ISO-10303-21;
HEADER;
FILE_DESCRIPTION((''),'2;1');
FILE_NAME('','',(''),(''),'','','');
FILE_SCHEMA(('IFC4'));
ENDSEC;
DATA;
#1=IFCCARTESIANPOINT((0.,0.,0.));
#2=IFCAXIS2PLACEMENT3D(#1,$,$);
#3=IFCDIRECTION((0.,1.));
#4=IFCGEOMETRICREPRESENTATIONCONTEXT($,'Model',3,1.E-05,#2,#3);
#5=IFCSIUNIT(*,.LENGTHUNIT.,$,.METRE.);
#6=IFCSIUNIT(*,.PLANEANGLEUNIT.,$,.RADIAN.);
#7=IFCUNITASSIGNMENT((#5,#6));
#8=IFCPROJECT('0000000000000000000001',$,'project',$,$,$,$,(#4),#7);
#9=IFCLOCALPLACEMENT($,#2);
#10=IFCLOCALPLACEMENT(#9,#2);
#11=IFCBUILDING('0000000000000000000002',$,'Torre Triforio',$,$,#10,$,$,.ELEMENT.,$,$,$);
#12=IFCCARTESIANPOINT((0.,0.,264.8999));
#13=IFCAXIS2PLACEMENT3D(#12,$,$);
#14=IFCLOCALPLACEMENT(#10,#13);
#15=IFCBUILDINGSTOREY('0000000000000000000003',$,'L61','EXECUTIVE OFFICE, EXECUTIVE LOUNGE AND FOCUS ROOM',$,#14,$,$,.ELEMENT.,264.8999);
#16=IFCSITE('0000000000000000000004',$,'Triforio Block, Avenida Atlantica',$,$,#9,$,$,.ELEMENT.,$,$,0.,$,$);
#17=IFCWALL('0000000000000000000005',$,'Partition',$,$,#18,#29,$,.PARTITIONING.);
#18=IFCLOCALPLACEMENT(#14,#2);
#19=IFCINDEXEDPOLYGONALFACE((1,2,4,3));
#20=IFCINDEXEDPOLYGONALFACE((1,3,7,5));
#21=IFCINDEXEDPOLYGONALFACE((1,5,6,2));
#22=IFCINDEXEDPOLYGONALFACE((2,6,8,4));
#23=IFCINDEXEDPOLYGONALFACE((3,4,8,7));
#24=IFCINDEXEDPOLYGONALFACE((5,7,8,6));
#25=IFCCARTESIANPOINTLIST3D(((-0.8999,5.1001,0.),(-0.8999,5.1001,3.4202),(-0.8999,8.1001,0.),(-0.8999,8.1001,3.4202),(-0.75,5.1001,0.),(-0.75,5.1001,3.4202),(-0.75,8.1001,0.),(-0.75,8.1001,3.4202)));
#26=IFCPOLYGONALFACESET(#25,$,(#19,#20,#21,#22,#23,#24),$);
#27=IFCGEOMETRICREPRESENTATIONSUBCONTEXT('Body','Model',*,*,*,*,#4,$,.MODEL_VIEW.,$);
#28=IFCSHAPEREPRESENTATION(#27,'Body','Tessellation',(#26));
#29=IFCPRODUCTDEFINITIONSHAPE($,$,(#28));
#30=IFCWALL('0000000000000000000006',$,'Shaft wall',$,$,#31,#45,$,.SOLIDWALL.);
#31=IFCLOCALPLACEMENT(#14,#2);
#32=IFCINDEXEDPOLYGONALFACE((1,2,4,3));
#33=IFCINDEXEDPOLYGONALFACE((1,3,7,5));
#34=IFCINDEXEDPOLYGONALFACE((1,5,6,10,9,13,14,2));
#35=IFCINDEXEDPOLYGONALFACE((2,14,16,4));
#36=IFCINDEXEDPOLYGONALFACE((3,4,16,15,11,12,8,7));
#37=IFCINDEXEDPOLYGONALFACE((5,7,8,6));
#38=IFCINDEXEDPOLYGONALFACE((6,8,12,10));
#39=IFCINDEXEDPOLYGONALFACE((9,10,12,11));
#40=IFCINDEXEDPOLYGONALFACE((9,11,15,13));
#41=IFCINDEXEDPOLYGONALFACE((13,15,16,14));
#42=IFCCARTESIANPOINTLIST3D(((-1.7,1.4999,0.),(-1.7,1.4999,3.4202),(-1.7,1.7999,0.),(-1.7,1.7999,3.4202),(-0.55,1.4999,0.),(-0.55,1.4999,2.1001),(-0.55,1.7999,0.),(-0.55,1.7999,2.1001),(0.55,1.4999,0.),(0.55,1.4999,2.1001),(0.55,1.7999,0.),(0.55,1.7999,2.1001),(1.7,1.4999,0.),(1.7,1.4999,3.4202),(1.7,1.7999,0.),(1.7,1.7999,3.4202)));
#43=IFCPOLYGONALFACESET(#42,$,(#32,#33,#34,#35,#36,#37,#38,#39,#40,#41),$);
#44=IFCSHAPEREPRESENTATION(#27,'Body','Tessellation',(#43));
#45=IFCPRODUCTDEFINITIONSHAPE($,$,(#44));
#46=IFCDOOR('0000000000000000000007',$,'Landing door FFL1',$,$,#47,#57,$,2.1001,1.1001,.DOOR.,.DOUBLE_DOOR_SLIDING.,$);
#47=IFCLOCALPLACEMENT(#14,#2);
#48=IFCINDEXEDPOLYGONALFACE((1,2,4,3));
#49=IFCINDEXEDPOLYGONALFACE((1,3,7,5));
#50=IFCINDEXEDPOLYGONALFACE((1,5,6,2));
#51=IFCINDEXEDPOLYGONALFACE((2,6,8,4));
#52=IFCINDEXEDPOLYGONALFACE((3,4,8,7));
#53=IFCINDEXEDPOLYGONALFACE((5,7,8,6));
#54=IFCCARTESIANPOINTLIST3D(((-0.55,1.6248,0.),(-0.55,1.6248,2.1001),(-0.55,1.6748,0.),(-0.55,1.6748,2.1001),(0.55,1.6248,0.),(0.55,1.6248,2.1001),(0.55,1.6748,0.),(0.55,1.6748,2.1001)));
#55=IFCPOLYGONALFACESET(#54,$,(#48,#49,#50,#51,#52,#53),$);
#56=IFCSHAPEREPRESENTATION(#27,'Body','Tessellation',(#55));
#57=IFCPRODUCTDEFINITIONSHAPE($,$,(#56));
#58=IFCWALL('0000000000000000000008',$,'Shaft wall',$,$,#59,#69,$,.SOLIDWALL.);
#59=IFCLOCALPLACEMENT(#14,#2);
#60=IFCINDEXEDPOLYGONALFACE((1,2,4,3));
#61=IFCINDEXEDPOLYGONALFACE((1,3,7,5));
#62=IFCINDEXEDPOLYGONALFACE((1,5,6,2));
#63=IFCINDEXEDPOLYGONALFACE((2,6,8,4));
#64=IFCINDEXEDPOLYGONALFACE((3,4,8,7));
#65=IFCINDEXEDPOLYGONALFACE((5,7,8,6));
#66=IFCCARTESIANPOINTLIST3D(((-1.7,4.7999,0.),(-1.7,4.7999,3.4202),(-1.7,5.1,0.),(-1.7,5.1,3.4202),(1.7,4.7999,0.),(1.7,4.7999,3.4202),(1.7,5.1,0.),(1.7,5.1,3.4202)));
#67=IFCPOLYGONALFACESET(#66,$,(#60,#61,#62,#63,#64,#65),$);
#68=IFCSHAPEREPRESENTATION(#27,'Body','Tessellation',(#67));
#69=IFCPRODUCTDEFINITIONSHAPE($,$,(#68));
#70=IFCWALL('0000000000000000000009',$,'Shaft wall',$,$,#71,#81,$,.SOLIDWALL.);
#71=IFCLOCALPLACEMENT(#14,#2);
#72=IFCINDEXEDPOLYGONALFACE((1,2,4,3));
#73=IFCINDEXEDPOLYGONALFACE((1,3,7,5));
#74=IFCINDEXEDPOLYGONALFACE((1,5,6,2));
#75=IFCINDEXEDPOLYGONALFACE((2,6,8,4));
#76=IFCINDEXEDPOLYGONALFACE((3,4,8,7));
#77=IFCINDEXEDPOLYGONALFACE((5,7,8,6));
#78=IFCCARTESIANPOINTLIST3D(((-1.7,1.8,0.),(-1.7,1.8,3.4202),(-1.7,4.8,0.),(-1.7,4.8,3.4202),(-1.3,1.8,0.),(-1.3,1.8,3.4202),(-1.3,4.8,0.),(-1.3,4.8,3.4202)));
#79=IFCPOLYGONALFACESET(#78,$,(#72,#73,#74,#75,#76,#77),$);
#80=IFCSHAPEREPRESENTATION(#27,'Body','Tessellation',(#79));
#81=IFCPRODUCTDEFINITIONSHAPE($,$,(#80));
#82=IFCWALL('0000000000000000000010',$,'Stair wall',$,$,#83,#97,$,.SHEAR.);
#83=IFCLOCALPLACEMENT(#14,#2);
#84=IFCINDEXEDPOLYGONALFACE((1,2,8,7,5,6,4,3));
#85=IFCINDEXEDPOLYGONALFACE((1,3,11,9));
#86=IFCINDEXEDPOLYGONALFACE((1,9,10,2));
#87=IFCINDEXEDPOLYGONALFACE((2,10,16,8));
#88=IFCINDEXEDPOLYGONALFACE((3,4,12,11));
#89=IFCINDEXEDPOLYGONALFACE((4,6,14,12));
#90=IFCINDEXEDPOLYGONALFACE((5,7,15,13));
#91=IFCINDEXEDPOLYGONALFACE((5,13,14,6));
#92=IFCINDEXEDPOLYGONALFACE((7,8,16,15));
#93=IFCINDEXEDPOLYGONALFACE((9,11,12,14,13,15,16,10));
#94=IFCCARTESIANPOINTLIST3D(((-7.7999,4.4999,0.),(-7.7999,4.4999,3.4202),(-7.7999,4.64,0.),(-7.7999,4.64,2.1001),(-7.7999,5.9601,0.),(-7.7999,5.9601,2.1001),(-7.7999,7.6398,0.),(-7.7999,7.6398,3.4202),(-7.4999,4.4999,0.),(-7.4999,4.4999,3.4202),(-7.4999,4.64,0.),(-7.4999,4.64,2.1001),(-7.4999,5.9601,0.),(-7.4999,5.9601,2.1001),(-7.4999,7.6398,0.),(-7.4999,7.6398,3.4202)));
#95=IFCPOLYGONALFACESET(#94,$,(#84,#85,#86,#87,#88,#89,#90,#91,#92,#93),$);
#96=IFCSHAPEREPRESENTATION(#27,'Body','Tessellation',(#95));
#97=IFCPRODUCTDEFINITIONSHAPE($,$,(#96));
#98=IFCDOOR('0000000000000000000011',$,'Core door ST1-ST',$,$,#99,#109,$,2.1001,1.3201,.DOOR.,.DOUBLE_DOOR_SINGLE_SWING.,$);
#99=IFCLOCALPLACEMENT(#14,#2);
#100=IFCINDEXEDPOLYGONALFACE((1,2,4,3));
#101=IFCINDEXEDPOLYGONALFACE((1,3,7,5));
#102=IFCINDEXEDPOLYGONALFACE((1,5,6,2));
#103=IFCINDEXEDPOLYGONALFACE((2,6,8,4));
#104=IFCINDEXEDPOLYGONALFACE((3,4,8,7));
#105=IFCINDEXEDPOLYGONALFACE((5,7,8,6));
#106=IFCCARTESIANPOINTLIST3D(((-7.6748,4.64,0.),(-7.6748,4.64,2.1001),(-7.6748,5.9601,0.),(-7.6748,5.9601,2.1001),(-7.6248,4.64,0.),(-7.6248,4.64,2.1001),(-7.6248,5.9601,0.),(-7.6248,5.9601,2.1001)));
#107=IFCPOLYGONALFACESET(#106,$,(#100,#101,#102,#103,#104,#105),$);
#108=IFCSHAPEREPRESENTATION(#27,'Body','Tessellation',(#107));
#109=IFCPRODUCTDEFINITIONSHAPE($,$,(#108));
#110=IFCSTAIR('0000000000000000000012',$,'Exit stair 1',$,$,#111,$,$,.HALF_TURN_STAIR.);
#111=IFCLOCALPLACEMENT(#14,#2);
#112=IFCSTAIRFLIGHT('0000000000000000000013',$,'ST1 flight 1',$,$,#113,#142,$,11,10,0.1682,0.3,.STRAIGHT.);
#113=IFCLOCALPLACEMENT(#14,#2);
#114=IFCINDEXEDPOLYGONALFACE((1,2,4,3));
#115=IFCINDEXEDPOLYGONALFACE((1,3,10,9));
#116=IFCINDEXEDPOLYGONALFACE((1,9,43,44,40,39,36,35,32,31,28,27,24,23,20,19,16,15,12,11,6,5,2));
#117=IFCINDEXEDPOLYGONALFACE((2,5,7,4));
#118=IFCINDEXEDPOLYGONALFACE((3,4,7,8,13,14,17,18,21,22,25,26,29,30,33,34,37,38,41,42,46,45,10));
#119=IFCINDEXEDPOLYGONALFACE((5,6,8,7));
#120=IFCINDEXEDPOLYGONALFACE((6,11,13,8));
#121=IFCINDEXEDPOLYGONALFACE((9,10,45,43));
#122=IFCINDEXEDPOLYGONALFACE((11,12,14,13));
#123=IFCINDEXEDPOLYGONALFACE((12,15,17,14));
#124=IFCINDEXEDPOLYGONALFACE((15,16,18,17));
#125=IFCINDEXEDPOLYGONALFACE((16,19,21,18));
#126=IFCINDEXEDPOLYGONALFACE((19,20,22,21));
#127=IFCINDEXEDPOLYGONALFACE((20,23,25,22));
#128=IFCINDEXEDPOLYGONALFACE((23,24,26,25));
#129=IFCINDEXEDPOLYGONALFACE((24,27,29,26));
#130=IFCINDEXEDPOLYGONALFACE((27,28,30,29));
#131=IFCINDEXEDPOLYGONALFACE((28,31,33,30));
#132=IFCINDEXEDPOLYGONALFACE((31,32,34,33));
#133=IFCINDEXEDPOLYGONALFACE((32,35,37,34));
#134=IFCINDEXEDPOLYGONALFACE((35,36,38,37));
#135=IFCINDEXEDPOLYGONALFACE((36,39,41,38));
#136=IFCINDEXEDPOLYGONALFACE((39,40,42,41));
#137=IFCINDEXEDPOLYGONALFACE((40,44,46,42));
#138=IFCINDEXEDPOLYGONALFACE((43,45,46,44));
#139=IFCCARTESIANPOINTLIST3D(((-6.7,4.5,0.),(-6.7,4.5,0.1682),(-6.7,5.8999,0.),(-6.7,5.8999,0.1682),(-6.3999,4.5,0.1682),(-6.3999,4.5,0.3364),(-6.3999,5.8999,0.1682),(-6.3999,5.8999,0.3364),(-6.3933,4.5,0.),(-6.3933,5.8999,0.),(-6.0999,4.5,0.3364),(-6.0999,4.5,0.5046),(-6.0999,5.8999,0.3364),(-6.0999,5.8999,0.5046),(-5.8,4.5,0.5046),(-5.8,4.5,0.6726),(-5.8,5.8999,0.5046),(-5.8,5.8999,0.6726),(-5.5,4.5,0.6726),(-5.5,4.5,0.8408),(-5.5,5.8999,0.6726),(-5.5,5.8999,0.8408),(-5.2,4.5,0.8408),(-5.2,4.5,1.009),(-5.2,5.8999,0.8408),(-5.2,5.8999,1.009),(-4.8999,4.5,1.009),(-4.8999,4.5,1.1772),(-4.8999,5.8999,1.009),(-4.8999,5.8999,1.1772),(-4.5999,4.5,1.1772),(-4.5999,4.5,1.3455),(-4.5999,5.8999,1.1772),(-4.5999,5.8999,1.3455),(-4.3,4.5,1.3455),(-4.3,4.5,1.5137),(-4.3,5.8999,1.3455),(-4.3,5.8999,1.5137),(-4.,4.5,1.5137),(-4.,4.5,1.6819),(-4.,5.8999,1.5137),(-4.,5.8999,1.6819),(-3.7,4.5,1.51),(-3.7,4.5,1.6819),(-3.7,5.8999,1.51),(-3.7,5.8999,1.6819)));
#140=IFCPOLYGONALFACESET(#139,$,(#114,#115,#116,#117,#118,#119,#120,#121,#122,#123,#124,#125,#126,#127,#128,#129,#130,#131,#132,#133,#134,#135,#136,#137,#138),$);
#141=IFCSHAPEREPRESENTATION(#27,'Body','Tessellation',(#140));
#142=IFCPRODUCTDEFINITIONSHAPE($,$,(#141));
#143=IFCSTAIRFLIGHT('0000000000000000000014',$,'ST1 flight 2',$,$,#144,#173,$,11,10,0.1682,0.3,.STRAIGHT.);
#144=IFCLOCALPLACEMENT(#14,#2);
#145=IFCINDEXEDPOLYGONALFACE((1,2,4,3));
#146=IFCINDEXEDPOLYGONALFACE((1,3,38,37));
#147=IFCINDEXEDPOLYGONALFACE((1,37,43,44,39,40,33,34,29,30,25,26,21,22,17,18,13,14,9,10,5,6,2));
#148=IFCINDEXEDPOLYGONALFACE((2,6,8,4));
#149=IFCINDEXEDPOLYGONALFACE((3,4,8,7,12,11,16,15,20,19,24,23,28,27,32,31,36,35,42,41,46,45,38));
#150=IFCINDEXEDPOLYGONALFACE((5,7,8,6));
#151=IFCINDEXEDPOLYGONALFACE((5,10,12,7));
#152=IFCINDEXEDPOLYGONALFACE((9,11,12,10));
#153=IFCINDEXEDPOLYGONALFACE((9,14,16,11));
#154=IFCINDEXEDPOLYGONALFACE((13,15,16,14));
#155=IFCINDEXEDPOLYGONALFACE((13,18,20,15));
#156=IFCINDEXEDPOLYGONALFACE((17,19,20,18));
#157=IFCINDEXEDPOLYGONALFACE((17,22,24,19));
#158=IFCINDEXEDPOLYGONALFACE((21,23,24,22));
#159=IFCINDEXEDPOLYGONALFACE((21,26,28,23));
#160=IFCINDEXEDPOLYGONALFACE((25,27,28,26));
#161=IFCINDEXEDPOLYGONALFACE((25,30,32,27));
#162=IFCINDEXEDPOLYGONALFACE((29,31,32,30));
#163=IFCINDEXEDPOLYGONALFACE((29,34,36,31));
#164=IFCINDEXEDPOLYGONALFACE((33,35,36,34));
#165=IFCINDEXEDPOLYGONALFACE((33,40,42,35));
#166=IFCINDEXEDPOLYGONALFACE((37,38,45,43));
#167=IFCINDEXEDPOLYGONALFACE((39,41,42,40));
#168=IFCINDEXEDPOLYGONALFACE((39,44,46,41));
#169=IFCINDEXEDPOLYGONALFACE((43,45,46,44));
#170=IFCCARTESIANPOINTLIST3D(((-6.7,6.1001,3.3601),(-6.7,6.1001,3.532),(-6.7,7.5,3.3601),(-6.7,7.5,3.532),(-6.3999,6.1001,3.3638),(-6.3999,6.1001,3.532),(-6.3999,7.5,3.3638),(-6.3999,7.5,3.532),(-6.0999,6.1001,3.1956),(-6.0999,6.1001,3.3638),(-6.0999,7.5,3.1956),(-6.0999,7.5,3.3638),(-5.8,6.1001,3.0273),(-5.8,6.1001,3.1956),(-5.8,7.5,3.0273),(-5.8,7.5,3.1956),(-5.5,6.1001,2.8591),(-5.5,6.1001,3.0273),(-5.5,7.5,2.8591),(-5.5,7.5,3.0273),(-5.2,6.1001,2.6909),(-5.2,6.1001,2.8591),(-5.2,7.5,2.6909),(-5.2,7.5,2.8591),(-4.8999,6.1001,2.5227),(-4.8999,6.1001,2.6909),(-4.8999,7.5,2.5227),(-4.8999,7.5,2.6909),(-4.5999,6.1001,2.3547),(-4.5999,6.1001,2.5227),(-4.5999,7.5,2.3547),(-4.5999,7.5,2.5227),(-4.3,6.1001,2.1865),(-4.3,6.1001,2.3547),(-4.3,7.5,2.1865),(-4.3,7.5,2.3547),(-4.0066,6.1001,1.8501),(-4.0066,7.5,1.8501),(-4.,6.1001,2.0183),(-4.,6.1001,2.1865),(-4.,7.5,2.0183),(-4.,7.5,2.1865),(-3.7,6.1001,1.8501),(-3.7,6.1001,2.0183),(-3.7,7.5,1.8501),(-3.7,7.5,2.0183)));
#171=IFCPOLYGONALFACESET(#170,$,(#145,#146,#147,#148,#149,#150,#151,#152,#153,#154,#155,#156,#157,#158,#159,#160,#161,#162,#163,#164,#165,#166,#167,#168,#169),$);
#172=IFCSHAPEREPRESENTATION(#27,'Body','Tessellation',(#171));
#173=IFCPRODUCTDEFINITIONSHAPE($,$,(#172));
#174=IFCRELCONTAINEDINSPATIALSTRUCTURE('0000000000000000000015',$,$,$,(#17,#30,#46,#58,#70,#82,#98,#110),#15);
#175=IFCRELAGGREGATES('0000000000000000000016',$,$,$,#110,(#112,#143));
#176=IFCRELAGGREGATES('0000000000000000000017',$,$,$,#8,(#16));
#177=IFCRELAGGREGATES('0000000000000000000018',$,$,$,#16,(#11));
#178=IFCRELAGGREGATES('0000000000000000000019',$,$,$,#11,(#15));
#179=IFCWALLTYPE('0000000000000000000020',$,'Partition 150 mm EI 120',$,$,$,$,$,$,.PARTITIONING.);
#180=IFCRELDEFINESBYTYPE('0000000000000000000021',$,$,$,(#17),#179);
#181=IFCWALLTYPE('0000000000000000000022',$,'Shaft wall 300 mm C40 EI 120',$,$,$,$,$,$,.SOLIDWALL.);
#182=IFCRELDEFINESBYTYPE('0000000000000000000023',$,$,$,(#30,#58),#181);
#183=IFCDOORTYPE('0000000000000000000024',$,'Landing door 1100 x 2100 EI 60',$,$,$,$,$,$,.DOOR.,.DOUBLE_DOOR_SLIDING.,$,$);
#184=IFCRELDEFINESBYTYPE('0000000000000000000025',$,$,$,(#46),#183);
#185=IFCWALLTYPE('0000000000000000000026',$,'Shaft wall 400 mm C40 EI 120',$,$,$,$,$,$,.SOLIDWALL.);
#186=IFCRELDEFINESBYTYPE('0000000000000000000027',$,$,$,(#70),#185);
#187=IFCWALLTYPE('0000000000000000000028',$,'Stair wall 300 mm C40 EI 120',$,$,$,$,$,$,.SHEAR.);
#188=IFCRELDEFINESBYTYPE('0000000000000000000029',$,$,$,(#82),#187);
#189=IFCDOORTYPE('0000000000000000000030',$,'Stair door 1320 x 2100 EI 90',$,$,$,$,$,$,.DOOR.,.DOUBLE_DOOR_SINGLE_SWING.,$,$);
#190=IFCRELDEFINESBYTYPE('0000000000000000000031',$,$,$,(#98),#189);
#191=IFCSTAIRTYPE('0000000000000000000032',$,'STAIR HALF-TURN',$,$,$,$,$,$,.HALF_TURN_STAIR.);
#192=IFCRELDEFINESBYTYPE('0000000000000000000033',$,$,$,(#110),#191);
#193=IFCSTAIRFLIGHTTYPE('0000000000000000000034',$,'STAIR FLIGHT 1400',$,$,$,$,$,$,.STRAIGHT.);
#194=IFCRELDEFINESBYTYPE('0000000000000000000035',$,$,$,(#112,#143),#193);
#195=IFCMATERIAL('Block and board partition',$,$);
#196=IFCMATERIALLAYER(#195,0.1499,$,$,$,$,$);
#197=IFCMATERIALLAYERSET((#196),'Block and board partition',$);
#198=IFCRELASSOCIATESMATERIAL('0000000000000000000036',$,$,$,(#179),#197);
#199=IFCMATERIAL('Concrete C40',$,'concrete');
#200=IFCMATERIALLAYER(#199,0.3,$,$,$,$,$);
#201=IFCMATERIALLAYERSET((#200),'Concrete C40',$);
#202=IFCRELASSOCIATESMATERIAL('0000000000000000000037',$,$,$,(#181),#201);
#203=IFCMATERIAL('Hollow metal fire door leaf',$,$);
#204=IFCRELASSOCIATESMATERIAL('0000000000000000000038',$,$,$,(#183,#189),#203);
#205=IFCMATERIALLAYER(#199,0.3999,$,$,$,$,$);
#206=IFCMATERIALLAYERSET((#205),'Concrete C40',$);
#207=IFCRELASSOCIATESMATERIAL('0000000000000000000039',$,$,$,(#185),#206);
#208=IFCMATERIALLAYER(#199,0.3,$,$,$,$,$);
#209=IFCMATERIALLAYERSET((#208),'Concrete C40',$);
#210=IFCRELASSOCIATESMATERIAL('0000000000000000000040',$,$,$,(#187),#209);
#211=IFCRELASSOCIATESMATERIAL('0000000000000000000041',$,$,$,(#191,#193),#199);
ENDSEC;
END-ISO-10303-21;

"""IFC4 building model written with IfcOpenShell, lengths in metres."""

from ifc_helpers import new_model, si_unit, direction, frame, frame_2d, origin, place, context, subcontext, project, spatial, polyline, rectangle, outline, extrude, material, layer, layer_set, type_object, element, fill, aggregate, save


model = new_model("IFC4")

# Units and contexts
model_context = context("Model", 3, precision=1e-05, world=origin(), true_north=direction((0.0, 1.0)))
body_context = subcontext(model_context, "Body", "Model", "MODEL_VIEW")
ifc_project = project(units=[si_unit("LENGTHUNIT", "METRE"), si_unit("PLANEANGLEUNIT", "RADIAN")], contexts=[model_context])

# Site, building, storey
site_placement = place(None, origin())
site = spatial("IfcSite", under=ifc_project, at=site_placement, Name="Triforio Block, Avenida Atlantica", CompositionType="ELEMENT", RefElevation=0.0)
building_placement = place(site_placement, origin())
building = spatial("IfcBuilding", under=site, at=building_placement, Name="Torre Triforio", CompositionType="ELEMENT")
storey_placement = place(building_placement, frame((0.0, 0.0, 264.8999)))
storey = spatial("IfcBuildingStorey", under=building, at=storey_placement, Name="L61", Description="EXECUTIVE OFFICE, EXECUTIVE LOUNGE AND FOCUS ROOM", CompositionType="ELEMENT", Elevation=264.8999)

# Shared definitions
ifc_material_1 = material(Name="Concrete C40", Category="concrete")

# Wall
ifc_material_2 = material(Name="Block and board partition")
ifc_layer_1 = layer(ifc_material_2, 0.1499)
ifc_layer_set_1 = layer_set([ifc_layer_1], Name="Block and board partition")
wall_type_1 = type_object("IfcWallType", Name="Partition 150 mm EI 120", PredefinedType="PARTITIONING", material=ifc_layer_set_1)
wall_1_placement = place(storey_placement, frame((-0.825, 5.1001, 0.0), z_axis=(0.0, 0.0, 1.0), x_axis=(0.0, 1.0, 0.0)))
element("IfcWall", 1, at=wall_1_placement, inside=storey, type_object=wall_type_1, Name="Partition", PredefinedType="PARTITIONING", context=body_context, shape_type="SweptSolid", body=[
    extrude(rectangle(XDim=3.0, YDim=0.1499, at=frame_2d((1.5, 0.0))), origin(), (0.0, 0.0, 1.0), 3.4202),
])

# Wall, opening, door
ifc_layer_2 = layer(ifc_material_1, 0.3)
ifc_layer_set_2 = layer_set([ifc_layer_2], Name="Concrete C40")
wall_type_2 = type_object("IfcWallType", Name="Shaft wall 300 mm C40 EI 120", PredefinedType="SOLIDWALL", material=ifc_layer_set_2)
wall_2_placement = place(storey_placement, frame((-1.7, 1.6499, 0.0), z_axis=(0.0, 0.0, 1.0), x_axis=(1.0, 0.0, 0.0)))
wall_2 = element("IfcWall", 2, at=wall_2_placement, inside=storey, type_object=wall_type_2, Name="Shaft wall", PredefinedType="SOLIDWALL", context=body_context, shape_type="SweptSolid", body=[
    extrude(rectangle(XDim=3.3999, YDim=0.3, at=frame_2d((1.7, 0.0))), origin(), (0.0, 0.0, 1.0), 3.4202),
])
opening_1_placement = place(wall_2_placement, frame((1.1499, 0.0, 0.0)))
opening_1 = element("IfcOpeningElement", 3, at=opening_1_placement, cuts=wall_2, PredefinedType="OPENING", context=body_context, shape_type="SweptSolid", body=[
    extrude(rectangle(XDim=1.1001, YDim=2.1001, at=frame_2d((0.55, 1.05))), frame((0.0, 0.1599, 0.0), z_axis=(0.0, -1.0, 0.0), x_axis=(1.0, 0.0, 0.0)), (0.0, 0.0, 1.0), 0.3201),
])
ifc_material_3 = material(Name="Hollow metal fire door leaf")
door_type_1 = type_object("IfcDoorType", Name="Landing door 1100 x 2100 EI 60", OperationType="DOUBLE_DOOR_SLIDING", PredefinedType="DOOR", material=ifc_material_3)
door_1_placement = place(opening_1_placement, origin())
door_1 = element("IfcDoor", 4, at=door_1_placement, inside=storey, type_object=door_type_1, Name="Landing door FFL1", OperationType="DOUBLE_DOOR_SLIDING", OverallHeight=2.1001, OverallWidth=1.1001, PredefinedType="DOOR", context=body_context, shape_type="SweptSolid", body=[
    extrude(rectangle(XDim=1.1001, YDim=2.1001, at=frame_2d((0.55, 1.05))), frame((0.0, 0.0249, 0.0), z_axis=(0.0, -1.0, 0.0), x_axis=(1.0, 0.0, 0.0)), (0.0, 0.0, 1.0), 0.05),
])
fill(opening_1, door_1)

# Walls
wall_3_placement = place(storey_placement, frame((-1.7, 4.95, 0.0), z_axis=(0.0, 0.0, 1.0), x_axis=(1.0, 0.0, 0.0)))
element("IfcWall", 5, at=wall_3_placement, inside=storey, type_object=wall_type_2, Name="Shaft wall", PredefinedType="SOLIDWALL", context=body_context, shape_type="SweptSolid", body=[
    extrude(rectangle(XDim=3.3999, YDim=0.3, at=frame_2d((1.7, 0.0))), origin(), (0.0, 0.0, 1.0), 3.4202),
])
ifc_layer_3 = layer(ifc_material_1, 0.3999)
ifc_layer_set_3 = layer_set([ifc_layer_3], Name="Concrete C40")
wall_type_3 = type_object("IfcWallType", Name="Shaft wall 400 mm C40 EI 120", PredefinedType="SOLIDWALL", material=ifc_layer_set_3)
wall_4_placement = place(storey_placement, frame((-1.5, 1.8, 0.0), z_axis=(0.0, 0.0, 1.0), x_axis=(0.0, 1.0, 0.0)))
element("IfcWall", 6, at=wall_4_placement, inside=storey, type_object=wall_type_3, Name="Shaft wall", PredefinedType="SOLIDWALL", context=body_context, shape_type="SweptSolid", body=[
    extrude(rectangle(XDim=3.0, YDim=0.3999, at=frame_2d((1.5, 0.0))), origin(), (0.0, 0.0, 1.0), 3.4202),
])

# Wall, opening, door
ifc_layer_4 = layer(ifc_material_1, 0.3)
ifc_layer_set_4 = layer_set([ifc_layer_4], Name="Concrete C40")
wall_type_4 = type_object("IfcWallType", Name="Stair wall 300 mm C40 EI 120", PredefinedType="SHEAR", material=ifc_layer_set_4)
wall_5_placement = place(storey_placement, frame((-7.6499, 4.5, 0.0), z_axis=(0.0, 0.0, 1.0), x_axis=(0.0, 1.0, 0.0)))
wall_5 = element("IfcWall", 7, at=wall_5_placement, inside=storey, type_object=wall_type_4, Name="Stair wall", PredefinedType="SHEAR", context=body_context, shape_type="SweptSolid", body=[
    extrude(rectangle(XDim=3.1399, YDim=0.3, at=frame_2d((1.5698, 0.0))), origin(), (0.0, 0.0, 1.0), 3.4202),
])
opening_2_placement = place(wall_5_placement, frame((0.1399, 0.0, 0.0)))
opening_2 = element("IfcOpeningElement", 8, at=opening_2_placement, cuts=wall_5, PredefinedType="OPENING", context=body_context, shape_type="SweptSolid", body=[
    extrude(rectangle(XDim=1.3201, YDim=2.1001, at=frame_2d((0.6602, 1.05))), frame((0.0, 0.1599, 0.0), z_axis=(0.0, -1.0, 0.0), x_axis=(1.0, 0.0, 0.0)), (0.0, 0.0, 1.0), 0.3201),
])
door_type_2 = type_object("IfcDoorType", Name="Stair door 1320 x 2100 EI 90", OperationType="DOUBLE_DOOR_SINGLE_SWING", PredefinedType="DOOR", material=ifc_material_3)
door_2_placement = place(opening_2_placement, origin())
door_2 = element("IfcDoor", 9, at=door_2_placement, inside=storey, type_object=door_type_2, Name="Core door ST1-ST", OperationType="DOUBLE_DOOR_SINGLE_SWING", OverallHeight=2.1001, OverallWidth=1.3201, PredefinedType="DOOR", context=body_context, shape_type="SweptSolid", body=[
    extrude(rectangle(XDim=1.3201, YDim=2.1001, at=frame_2d((0.6602, 1.05))), frame((0.0, 0.0249, 0.0), z_axis=(0.0, -1.0, 0.0), x_axis=(1.0, 0.0, 0.0)), (0.0, 0.0, 1.0), 0.05),
])
fill(opening_2, door_2)

# Stair, stair flights
stair_type = type_object("IfcStairType", Name="STAIR HALF-TURN", PredefinedType="HALF_TURN_STAIR", material=ifc_material_1)
stair_placement = place(storey_placement, origin())
stair = element("IfcStair", 10, at=stair_placement, inside=storey, type_object=stair_type, Name="Exit stair 1", PredefinedType="HALF_TURN_STAIR")
stair_flight_type = type_object("IfcStairFlightType", Name="STAIR FLIGHT 1400", PredefinedType="STRAIGHT", material=ifc_material_1)
stair_flight_1_placement = place(storey_placement, frame((-6.7, 5.2, 0.0), z_axis=(0.0, 0.0, 1.0), x_axis=(1.0, 0.0, 0.0)))
stair_flight_1 = element("IfcStairFlight", 11, at=stair_flight_1_placement, type_object=stair_flight_type, Name="ST1 flight 1", NumberOfRisers=11, NumberOfTreads=10, PredefinedType="STRAIGHT", RiserHeight=0.1682, TreadLength=0.3, context=body_context, shape_type="SweptSolid", body=[
    extrude(outline(polyline([(0.0, 0.0), (0.0, 0.1682), (0.3, 0.1682), (0.3, 0.3364), (0.6001, 0.3364), (0.6001, 0.5046), (0.8999, 0.5046), (0.8999, 0.6726), (1.2, 0.6726), (1.2, 0.8408), (1.5, 0.8408), (1.5, 1.009), (1.8, 1.009), (1.8, 1.1772), (2.1001, 1.1772), (2.1001, 1.3455), (2.3999, 1.3455), (2.3999, 1.5137), (2.7, 1.5137), (2.7, 1.6819), (3.0, 1.6819), (3.0, 1.8501), (3.0, 1.51), (0.3066, 0.0), (0.0, 0.0)])), frame((0.0, 0.7, 0.0), z_axis=(0.0, -1.0, 0.0), x_axis=(1.0, 0.0, 0.0)), (0.0, 0.0, 1.0), 1.3999),
])
stair_flight_2_placement = place(storey_placement, frame((-3.7, 6.8, 1.8501), z_axis=(0.0, 0.0, 1.0), x_axis=(-1.0, 0.0, 0.0)))
stair_flight_2 = element("IfcStairFlight", 12, at=stair_flight_2_placement, type_object=stair_flight_type, Name="ST1 flight 2", NumberOfRisers=11, NumberOfTreads=10, PredefinedType="STRAIGHT", RiserHeight=0.1682, TreadLength=0.3, context=body_context, shape_type="SweptSolid", body=[
    extrude(outline(polyline([(0.0, 0.0), (0.0, 0.1682), (0.3, 0.1682), (0.3, 0.3364), (0.6001, 0.3364), (0.6001, 0.5046), (0.8999, 0.5046), (0.8999, 0.6726), (1.2, 0.6726), (1.2, 0.8408), (1.5, 0.8408), (1.5, 1.009), (1.8, 1.009), (1.8, 1.1772), (2.1001, 1.1772), (2.1001, 1.3455), (2.3999, 1.3455), (2.3999, 1.5137), (2.7, 1.5137), (2.7, 1.6819), (3.0, 1.6819), (3.0, 1.8501), (3.0, 1.51), (0.3066, 0.0), (0.0, 0.0)])), frame((0.0, 0.7, 0.0), z_axis=(0.0, -1.0, 0.0), x_axis=(1.0, 0.0, 0.0)), (0.0, 0.0, 1.0), 1.3999),
])
aggregate(stair, [stair_flight_1, stair_flight_2])

save(model, "model.ifc")
